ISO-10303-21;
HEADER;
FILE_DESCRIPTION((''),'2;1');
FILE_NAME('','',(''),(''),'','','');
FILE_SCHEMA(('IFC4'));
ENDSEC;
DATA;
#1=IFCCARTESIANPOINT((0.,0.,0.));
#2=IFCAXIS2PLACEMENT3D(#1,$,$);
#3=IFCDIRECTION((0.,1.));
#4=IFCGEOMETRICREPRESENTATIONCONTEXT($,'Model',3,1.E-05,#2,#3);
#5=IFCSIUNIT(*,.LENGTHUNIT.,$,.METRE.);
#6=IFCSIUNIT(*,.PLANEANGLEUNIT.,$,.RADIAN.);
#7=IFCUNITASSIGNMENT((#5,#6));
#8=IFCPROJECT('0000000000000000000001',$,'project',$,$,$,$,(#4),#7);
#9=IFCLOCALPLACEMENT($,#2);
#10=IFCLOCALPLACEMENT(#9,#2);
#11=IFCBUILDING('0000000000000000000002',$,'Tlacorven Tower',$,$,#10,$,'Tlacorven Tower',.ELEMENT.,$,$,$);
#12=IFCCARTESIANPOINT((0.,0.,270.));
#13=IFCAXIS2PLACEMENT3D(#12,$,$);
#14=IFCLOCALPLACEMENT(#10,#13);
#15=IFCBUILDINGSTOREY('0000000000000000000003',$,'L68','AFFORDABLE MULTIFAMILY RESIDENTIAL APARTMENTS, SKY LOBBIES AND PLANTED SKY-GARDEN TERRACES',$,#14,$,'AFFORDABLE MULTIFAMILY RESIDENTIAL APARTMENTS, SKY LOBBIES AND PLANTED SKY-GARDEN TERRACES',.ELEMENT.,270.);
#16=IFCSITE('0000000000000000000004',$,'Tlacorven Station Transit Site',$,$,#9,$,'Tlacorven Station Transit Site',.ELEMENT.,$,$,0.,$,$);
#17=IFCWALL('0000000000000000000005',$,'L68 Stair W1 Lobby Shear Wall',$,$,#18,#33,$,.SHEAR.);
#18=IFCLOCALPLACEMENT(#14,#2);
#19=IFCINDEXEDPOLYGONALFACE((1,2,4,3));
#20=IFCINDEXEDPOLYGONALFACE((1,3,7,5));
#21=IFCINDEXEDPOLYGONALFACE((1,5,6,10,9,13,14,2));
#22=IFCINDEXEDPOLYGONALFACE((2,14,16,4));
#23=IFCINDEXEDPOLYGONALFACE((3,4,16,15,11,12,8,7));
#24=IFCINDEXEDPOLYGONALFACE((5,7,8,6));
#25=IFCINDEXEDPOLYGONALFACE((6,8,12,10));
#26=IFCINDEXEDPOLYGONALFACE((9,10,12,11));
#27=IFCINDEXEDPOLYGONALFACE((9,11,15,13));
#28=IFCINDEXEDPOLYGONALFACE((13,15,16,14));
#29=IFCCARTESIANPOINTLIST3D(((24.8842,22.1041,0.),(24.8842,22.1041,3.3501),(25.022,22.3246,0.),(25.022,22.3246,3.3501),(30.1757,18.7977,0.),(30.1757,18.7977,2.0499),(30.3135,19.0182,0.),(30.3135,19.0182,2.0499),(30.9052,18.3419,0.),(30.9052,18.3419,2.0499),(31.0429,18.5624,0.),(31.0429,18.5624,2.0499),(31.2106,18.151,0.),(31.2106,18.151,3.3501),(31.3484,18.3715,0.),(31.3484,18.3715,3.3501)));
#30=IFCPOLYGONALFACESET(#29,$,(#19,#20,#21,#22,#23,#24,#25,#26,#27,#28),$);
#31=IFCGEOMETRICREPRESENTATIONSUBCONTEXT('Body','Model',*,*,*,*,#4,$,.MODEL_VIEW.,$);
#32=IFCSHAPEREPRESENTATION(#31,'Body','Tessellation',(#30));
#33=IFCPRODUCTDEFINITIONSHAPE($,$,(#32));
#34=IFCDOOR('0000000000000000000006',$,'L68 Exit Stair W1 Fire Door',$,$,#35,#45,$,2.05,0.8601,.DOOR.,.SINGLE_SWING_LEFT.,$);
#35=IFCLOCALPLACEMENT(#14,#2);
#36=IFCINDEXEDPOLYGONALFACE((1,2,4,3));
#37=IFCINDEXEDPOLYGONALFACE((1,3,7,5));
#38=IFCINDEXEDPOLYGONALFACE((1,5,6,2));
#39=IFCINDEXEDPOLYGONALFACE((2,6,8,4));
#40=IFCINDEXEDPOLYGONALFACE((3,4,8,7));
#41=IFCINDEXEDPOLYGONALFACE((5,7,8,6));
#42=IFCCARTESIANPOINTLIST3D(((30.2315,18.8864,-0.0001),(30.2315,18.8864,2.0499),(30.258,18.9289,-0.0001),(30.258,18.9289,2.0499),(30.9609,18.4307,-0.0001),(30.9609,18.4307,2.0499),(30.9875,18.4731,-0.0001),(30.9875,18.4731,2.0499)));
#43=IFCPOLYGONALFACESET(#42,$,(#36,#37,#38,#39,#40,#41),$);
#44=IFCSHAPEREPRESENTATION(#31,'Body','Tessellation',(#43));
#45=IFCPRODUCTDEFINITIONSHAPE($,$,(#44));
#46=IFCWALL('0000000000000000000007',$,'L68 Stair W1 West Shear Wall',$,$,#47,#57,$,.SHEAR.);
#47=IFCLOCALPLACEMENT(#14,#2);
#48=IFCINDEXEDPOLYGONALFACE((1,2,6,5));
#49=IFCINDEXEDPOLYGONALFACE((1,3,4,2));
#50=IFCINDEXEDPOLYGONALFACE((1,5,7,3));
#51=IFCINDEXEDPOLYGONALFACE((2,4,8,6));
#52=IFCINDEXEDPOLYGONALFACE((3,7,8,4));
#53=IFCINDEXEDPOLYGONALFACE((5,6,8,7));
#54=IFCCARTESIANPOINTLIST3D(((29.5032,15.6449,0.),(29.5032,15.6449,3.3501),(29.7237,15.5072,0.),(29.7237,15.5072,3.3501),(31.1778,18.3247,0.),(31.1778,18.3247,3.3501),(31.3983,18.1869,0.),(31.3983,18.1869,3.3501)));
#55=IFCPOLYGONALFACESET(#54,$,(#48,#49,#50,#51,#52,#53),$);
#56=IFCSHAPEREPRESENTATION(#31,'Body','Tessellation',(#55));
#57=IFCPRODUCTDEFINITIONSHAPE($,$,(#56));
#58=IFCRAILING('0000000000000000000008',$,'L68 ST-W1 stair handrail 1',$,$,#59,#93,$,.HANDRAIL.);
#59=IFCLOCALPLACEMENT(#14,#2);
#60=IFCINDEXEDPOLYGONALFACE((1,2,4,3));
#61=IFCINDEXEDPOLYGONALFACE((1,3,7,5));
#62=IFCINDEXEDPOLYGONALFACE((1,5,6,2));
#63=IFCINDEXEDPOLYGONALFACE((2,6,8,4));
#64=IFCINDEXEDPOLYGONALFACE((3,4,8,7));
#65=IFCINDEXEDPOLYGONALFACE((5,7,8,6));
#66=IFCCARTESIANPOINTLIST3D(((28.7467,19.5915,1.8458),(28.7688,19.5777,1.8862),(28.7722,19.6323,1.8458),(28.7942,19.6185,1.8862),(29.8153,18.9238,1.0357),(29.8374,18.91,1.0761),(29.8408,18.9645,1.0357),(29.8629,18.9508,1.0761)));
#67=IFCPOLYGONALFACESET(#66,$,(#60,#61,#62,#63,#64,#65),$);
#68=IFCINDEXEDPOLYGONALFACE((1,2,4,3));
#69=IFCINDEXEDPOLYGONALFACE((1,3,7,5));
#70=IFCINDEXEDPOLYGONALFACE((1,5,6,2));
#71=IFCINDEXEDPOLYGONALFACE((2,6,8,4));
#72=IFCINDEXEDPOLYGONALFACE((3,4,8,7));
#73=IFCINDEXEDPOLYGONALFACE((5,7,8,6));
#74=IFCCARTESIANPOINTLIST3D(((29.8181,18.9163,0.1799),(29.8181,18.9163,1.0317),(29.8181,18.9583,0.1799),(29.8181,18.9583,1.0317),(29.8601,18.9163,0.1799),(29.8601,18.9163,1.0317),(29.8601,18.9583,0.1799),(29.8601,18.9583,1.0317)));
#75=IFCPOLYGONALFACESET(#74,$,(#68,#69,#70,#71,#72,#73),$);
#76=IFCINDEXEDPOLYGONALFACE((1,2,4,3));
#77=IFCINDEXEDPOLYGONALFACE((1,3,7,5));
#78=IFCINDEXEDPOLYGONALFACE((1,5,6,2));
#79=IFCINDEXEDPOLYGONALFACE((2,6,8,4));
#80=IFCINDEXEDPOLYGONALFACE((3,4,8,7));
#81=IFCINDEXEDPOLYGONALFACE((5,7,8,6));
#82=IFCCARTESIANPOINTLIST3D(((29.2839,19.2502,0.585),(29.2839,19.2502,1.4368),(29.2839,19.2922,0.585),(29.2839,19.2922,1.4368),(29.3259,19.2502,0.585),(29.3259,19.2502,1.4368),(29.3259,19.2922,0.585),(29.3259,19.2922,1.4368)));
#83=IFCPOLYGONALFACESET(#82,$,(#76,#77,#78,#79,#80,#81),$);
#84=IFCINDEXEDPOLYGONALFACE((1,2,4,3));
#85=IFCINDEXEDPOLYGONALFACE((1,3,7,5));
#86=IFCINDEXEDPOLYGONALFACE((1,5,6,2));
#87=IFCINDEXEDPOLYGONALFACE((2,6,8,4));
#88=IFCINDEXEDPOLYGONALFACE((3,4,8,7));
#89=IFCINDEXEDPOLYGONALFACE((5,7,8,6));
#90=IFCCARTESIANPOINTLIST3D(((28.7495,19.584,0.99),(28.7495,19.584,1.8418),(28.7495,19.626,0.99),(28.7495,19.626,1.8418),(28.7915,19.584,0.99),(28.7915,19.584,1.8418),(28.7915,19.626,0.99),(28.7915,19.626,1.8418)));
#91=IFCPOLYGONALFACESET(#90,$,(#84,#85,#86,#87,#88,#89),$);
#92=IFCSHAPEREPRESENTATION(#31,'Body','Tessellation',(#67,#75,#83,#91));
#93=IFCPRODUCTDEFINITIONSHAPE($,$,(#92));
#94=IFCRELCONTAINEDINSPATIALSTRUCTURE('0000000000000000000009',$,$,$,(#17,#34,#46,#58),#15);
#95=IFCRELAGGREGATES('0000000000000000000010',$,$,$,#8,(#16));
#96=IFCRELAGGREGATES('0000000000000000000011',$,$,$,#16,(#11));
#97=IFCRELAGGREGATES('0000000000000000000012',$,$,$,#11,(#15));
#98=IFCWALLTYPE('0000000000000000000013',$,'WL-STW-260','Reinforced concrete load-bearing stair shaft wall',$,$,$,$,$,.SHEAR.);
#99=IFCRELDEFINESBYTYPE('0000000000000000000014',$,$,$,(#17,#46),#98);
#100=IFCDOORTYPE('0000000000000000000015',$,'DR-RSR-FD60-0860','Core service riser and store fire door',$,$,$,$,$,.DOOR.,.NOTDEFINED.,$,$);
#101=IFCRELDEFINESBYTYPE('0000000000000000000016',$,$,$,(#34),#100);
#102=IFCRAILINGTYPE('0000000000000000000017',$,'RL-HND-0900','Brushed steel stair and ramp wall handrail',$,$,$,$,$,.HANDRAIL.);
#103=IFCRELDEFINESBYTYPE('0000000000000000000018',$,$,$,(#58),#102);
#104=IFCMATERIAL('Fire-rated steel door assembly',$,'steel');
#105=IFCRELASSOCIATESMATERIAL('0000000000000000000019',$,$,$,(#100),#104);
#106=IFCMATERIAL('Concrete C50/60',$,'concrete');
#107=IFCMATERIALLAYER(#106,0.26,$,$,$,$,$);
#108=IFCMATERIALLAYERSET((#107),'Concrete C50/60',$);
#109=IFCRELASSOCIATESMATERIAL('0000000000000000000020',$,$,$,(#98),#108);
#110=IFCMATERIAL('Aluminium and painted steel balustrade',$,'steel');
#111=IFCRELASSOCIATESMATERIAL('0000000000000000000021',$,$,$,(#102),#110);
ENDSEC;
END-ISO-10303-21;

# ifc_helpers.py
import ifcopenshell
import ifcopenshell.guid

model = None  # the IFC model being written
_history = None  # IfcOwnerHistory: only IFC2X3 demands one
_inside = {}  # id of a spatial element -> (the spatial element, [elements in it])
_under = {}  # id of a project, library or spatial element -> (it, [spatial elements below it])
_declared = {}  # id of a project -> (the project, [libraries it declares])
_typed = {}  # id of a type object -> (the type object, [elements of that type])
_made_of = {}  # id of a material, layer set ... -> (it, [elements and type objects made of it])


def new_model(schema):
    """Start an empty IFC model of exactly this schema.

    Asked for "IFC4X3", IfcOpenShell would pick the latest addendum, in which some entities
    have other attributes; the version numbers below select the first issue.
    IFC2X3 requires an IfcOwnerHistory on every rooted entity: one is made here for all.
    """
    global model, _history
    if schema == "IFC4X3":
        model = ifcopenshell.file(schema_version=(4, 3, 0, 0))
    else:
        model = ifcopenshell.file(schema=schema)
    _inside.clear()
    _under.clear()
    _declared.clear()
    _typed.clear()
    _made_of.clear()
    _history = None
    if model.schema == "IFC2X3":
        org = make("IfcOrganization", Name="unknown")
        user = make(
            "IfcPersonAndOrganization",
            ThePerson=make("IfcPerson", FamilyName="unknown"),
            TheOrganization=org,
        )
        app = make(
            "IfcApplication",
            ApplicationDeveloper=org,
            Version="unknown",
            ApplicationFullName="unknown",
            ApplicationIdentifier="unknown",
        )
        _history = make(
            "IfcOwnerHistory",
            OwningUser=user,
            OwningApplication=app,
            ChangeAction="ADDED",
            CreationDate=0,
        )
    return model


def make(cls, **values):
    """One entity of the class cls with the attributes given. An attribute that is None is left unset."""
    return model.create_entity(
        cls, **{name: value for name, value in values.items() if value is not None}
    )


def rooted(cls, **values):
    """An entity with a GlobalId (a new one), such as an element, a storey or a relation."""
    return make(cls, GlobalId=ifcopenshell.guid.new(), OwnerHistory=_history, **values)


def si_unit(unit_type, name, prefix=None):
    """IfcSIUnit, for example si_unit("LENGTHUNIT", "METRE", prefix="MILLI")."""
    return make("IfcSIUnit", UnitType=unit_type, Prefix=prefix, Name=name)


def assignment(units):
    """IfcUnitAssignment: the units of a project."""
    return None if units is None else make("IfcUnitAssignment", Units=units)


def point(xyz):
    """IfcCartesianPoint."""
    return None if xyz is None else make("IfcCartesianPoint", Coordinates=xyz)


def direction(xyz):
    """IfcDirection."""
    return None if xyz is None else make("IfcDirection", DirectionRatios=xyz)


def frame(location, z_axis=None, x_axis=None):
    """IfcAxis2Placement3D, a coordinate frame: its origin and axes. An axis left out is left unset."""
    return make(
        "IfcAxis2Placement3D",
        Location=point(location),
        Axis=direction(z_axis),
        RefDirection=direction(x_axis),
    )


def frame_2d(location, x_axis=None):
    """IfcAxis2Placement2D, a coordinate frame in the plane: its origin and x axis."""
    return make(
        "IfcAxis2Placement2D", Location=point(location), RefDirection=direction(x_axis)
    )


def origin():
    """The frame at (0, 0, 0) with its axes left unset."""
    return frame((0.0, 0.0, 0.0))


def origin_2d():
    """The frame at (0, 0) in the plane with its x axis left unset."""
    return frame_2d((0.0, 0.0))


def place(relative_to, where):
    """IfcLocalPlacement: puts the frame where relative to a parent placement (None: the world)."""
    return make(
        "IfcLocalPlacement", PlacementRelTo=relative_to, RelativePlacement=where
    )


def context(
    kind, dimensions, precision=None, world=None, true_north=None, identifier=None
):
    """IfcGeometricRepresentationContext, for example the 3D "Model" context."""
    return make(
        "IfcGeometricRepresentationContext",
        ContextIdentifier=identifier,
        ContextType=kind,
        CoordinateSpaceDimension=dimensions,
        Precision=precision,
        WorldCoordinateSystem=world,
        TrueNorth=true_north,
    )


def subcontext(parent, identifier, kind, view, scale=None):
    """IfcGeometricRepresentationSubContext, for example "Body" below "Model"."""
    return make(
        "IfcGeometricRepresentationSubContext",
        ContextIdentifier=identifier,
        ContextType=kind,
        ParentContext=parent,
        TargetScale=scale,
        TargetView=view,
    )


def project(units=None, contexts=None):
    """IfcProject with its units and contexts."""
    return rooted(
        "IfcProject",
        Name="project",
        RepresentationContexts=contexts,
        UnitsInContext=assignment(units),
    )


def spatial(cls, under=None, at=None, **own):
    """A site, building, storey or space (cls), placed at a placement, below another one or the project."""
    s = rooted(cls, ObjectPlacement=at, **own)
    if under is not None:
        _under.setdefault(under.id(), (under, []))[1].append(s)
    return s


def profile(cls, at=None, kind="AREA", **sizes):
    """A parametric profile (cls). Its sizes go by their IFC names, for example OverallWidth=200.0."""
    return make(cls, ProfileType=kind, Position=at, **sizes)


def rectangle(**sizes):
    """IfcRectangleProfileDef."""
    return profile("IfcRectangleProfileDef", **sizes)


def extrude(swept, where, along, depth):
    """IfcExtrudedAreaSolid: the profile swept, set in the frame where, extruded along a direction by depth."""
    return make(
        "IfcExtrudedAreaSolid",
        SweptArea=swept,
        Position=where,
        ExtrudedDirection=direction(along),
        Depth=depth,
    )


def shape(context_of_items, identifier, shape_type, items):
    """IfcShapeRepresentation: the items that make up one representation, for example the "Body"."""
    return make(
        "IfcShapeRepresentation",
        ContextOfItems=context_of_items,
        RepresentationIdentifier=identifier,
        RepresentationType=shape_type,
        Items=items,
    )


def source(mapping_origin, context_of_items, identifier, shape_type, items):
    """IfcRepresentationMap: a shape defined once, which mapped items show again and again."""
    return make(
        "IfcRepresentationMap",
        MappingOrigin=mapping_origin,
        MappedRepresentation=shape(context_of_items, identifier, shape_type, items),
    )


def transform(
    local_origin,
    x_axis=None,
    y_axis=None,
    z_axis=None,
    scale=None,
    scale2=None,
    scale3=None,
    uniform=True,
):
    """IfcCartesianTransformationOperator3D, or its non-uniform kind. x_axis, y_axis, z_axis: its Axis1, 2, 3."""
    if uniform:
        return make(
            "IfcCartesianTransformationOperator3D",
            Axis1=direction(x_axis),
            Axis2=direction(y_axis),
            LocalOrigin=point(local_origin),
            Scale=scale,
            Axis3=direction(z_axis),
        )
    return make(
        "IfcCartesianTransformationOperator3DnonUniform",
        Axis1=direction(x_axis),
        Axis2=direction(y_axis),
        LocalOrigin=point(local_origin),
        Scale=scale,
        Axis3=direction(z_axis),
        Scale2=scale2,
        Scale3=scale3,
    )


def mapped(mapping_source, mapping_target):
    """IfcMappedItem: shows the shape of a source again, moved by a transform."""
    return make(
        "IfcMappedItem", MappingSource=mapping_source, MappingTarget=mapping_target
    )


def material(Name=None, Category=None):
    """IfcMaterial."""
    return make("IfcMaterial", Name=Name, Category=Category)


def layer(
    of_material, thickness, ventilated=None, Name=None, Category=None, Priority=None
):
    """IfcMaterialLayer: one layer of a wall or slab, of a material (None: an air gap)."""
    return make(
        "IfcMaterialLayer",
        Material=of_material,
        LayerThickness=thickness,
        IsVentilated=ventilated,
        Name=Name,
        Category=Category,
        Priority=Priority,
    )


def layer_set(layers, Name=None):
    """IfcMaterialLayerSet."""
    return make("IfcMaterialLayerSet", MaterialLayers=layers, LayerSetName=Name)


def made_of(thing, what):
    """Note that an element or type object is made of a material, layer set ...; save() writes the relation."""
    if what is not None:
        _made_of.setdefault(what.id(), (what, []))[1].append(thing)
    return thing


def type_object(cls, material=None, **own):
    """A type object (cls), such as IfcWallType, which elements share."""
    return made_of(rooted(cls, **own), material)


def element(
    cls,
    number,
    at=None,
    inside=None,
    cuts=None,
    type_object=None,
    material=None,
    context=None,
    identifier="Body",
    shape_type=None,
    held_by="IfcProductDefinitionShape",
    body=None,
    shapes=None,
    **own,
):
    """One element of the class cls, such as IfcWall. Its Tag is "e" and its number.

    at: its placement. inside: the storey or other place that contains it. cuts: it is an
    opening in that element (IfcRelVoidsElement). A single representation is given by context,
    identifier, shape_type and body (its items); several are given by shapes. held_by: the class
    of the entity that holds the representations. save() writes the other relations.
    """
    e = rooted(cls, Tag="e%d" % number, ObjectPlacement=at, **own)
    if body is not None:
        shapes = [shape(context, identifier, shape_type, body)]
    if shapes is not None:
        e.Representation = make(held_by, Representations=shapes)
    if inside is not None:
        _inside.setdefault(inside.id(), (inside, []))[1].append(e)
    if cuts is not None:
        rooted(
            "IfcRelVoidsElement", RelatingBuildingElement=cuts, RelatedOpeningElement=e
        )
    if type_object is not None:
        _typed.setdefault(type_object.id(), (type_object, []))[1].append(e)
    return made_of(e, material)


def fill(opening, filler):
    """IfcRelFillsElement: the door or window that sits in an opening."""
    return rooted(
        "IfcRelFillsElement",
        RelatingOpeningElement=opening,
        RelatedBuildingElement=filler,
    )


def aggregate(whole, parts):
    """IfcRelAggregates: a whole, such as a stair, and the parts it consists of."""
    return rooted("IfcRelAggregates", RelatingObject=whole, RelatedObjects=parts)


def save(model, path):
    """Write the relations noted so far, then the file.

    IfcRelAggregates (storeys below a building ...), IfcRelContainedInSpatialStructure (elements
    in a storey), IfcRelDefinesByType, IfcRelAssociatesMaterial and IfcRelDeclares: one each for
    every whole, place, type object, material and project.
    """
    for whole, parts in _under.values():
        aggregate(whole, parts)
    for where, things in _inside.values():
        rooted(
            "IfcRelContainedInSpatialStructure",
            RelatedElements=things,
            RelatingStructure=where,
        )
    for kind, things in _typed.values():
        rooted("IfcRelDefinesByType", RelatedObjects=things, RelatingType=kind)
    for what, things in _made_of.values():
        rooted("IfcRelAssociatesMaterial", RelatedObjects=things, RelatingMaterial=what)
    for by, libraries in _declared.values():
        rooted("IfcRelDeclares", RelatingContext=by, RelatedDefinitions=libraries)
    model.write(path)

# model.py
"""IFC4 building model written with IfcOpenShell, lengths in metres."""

from ifc_helpers import new_model, si_unit, direction, frame, frame_2d, origin, origin_2d, place, context, subcontext, project, spatial, rectangle, extrude, source, transform, mapped, material, layer, layer_set, type_object, element, fill, save


model = new_model("IFC4")

# Units and contexts
model_context = context("Model", 3, precision=1e-05, world=origin(), true_north=direction((0.0, 1.0)))
body_context = subcontext(model_context, "Body", "Model", "MODEL_VIEW")
ifc_project = project(units=[si_unit("LENGTHUNIT", "METRE"), si_unit("PLANEANGLEUNIT", "RADIAN")], contexts=[model_context])

# Site, building, storey
site_placement = place(None, origin())
site = spatial("IfcSite", under=ifc_project, at=site_placement, Name="Tlacorven Station Transit Site", LongName="Tlacorven Station Transit Site", CompositionType="ELEMENT", RefElevation=0.0)
building_placement = place(site_placement, origin())
building = spatial("IfcBuilding", under=site, at=building_placement, Name="Tlacorven Tower", LongName="Tlacorven Tower", CompositionType="ELEMENT")
storey_placement = place(building_placement, frame((0.0, 0.0, 270.0)))
storey = spatial("IfcBuildingStorey", under=building, at=storey_placement, Name="L68", Description="AFFORDABLE MULTIFAMILY RESIDENTIAL APARTMENTS, SKY LOBBIES AND PLANTED SKY-GARDEN TERRACES", LongName="AFFORDABLE MULTIFAMILY RESIDENTIAL APARTMENTS, SKY LOBBIES AND PLANTED SKY-GARDEN TERRACES", CompositionType="ELEMENT", Elevation=270.0)

# Shared definitions
ifc_material_1 = material(Name="Concrete C50/60", Category="concrete")

# Shared definitions
ifc_material_2 = material(Name="Fire-rated steel door assembly", Category="steel")

# Shared definitions
door_type_1 = type_object("IfcDoorType", Name="DR-RSR-FD60-0860", Description="Core service riser and store fire door", OperationType="NOTDEFINED", PredefinedType="DOOR", material=ifc_material_2)
shared_shape_1 = source(origin(), body_context, "Body", "SweptSolid", [
    extrude(rectangle(XDim=0.8601, YDim=2.05, at=frame_2d((0.4302, 1.0249))), frame((0.0, 0.0249, 0.0), z_axis=(0.0, -1.0, 0.0), x_axis=(1.0, 0.0, 0.0)), (0.0, 0.0, 1.0), 0.05),
])

# Wall, opening, door
ifc_layer_1 = layer(ifc_material_1, 0.26)
ifc_layer_set_1 = layer_set([ifc_layer_1], Name="Concrete C50/60")
wall_type_1 = type_object("IfcWallType", Name="WL-STW-260", Description="Reinforced concrete load-bearing stair shaft wall", PredefinedType="SHEAR", material=ifc_layer_set_1)
wall_1_placement = place(storey_placement, frame((31.2795, 18.2612, 0.0), z_axis=(0.0, 0.0, 1.0), x_axis=(-0.848052, 0.529914, 0.0)))
wall_1 = element("IfcWall", 1, at=wall_1_placement, inside=storey, type_object=wall_type_1, Name="L68 Stair W1 Lobby Shear Wall", PredefinedType="SHEAR", context=body_context, shape_type="SweptSolid", body=[
    extrude(rectangle(XDim=7.46, YDim=0.26, at=frame_2d((3.73, 0.0))), origin(), (0.0, 0.0, 1.0), 3.3501),
])
opening_1_placement = place(wall_1_placement, frame((0.3601, 0.0, 0.0)))
opening_1 = element("IfcOpeningElement", 2, at=opening_1_placement, cuts=wall_1, PredefinedType="OPENING", context=body_context, shape_type="SweptSolid", body=[
    extrude(rectangle(XDim=0.8601, YDim=2.05, at=frame_2d((0.4302, 1.0249))), frame((0.0, 0.1401, 0.0), z_axis=(0.0, -1.0, 0.0), x_axis=(1.0, 0.0, 0.0)), (0.0, 0.0, 1.0), 0.28),
])
door_1_placement = place(opening_1_placement, frame((0.8601, 0.0, 0.0), z_axis=(0.0, 0.0, 1.0), x_axis=(-1.0, 0.0, 0.0)))
door_1 = element("IfcDoor", 3, at=door_1_placement, inside=storey, type_object=door_type_1, Name="L68 Exit Stair W1 Fire Door", OperationType="SINGLE_SWING_LEFT", OverallHeight=2.05, OverallWidth=0.8601, PredefinedType="DOOR", context=body_context, shape_type="MappedRepresentation", body=[
    mapped(shared_shape_1, transform((0.0, 0.0, 0.0), scale=1.0)),
])
fill(opening_1, door_1)

# Wall
wall_2_placement = place(storey_placement, frame((31.2881, 18.2559, 0.0), z_axis=(0.0, 0.0, 1.0), x_axis=(-0.529943, -0.848033, 0.0)))
element("IfcWall", 4, at=wall_2_placement, inside=storey, type_object=wall_type_1, Name="L68 Stair W1 West Shear Wall", PredefinedType="SHEAR", context=body_context, shape_type="SweptSolid", body=[
    extrude(rectangle(XDim=3.1599, YDim=0.26, at=frame_2d((1.5801, 0.0))), origin(), (0.0, 0.0, 1.0), 3.3501),
])

# Railing
ifc_material_3 = material(Name="Aluminium and painted steel balustrade", Category="steel")
railing_type = type_object("IfcRailingType", Name="RL-HND-0900", Description="Brushed steel stair and ramp wall handrail", PredefinedType="HANDRAIL", material=ifc_material_3)
shared_shape_2 = source(origin(), body_context, "Body", "SweptSolid", [
    extrude(rectangle(XDim=0.0481, YDim=0.0481, at=origin_2d()), frame((0.0, 0.0, 0.876), z_axis=(-0.71336, 0.445748, 0.540765), x_axis=(-0.529912, -0.848053, 0.0)), (0.0, 0.0, 1.0), 1.498),
    extrude(rectangle(XDim=0.042, YDim=0.042, at=origin_2d()), origin(), (0.0, 0.0, 1.0), 0.8518),
    extrude(rectangle(XDim=0.042, YDim=0.042, at=origin_2d()), frame((-0.5342, 0.334, 0.405)), (0.0, 0.0, 1.0), 0.8518),
    extrude(rectangle(XDim=0.042, YDim=0.042, at=origin_2d()), frame((-1.0686, 0.6677, 0.8101)), (0.0, 0.0, 1.0), 0.8518),
])
railing_placement = place(storey_placement, frame((29.8391, 18.9373, 0.1799)))
element("IfcRailing", 5, at=railing_placement, inside=storey, type_object=railing_type, Name="L68 ST-W1 stair handrail 1", PredefinedType="HANDRAIL", context=body_context, shape_type="MappedRepresentation", body=[
    mapped(shared_shape_2, transform((0.0, 0.0, 0.0), scale=1.0)),
])

save(model, "model.ifc")
